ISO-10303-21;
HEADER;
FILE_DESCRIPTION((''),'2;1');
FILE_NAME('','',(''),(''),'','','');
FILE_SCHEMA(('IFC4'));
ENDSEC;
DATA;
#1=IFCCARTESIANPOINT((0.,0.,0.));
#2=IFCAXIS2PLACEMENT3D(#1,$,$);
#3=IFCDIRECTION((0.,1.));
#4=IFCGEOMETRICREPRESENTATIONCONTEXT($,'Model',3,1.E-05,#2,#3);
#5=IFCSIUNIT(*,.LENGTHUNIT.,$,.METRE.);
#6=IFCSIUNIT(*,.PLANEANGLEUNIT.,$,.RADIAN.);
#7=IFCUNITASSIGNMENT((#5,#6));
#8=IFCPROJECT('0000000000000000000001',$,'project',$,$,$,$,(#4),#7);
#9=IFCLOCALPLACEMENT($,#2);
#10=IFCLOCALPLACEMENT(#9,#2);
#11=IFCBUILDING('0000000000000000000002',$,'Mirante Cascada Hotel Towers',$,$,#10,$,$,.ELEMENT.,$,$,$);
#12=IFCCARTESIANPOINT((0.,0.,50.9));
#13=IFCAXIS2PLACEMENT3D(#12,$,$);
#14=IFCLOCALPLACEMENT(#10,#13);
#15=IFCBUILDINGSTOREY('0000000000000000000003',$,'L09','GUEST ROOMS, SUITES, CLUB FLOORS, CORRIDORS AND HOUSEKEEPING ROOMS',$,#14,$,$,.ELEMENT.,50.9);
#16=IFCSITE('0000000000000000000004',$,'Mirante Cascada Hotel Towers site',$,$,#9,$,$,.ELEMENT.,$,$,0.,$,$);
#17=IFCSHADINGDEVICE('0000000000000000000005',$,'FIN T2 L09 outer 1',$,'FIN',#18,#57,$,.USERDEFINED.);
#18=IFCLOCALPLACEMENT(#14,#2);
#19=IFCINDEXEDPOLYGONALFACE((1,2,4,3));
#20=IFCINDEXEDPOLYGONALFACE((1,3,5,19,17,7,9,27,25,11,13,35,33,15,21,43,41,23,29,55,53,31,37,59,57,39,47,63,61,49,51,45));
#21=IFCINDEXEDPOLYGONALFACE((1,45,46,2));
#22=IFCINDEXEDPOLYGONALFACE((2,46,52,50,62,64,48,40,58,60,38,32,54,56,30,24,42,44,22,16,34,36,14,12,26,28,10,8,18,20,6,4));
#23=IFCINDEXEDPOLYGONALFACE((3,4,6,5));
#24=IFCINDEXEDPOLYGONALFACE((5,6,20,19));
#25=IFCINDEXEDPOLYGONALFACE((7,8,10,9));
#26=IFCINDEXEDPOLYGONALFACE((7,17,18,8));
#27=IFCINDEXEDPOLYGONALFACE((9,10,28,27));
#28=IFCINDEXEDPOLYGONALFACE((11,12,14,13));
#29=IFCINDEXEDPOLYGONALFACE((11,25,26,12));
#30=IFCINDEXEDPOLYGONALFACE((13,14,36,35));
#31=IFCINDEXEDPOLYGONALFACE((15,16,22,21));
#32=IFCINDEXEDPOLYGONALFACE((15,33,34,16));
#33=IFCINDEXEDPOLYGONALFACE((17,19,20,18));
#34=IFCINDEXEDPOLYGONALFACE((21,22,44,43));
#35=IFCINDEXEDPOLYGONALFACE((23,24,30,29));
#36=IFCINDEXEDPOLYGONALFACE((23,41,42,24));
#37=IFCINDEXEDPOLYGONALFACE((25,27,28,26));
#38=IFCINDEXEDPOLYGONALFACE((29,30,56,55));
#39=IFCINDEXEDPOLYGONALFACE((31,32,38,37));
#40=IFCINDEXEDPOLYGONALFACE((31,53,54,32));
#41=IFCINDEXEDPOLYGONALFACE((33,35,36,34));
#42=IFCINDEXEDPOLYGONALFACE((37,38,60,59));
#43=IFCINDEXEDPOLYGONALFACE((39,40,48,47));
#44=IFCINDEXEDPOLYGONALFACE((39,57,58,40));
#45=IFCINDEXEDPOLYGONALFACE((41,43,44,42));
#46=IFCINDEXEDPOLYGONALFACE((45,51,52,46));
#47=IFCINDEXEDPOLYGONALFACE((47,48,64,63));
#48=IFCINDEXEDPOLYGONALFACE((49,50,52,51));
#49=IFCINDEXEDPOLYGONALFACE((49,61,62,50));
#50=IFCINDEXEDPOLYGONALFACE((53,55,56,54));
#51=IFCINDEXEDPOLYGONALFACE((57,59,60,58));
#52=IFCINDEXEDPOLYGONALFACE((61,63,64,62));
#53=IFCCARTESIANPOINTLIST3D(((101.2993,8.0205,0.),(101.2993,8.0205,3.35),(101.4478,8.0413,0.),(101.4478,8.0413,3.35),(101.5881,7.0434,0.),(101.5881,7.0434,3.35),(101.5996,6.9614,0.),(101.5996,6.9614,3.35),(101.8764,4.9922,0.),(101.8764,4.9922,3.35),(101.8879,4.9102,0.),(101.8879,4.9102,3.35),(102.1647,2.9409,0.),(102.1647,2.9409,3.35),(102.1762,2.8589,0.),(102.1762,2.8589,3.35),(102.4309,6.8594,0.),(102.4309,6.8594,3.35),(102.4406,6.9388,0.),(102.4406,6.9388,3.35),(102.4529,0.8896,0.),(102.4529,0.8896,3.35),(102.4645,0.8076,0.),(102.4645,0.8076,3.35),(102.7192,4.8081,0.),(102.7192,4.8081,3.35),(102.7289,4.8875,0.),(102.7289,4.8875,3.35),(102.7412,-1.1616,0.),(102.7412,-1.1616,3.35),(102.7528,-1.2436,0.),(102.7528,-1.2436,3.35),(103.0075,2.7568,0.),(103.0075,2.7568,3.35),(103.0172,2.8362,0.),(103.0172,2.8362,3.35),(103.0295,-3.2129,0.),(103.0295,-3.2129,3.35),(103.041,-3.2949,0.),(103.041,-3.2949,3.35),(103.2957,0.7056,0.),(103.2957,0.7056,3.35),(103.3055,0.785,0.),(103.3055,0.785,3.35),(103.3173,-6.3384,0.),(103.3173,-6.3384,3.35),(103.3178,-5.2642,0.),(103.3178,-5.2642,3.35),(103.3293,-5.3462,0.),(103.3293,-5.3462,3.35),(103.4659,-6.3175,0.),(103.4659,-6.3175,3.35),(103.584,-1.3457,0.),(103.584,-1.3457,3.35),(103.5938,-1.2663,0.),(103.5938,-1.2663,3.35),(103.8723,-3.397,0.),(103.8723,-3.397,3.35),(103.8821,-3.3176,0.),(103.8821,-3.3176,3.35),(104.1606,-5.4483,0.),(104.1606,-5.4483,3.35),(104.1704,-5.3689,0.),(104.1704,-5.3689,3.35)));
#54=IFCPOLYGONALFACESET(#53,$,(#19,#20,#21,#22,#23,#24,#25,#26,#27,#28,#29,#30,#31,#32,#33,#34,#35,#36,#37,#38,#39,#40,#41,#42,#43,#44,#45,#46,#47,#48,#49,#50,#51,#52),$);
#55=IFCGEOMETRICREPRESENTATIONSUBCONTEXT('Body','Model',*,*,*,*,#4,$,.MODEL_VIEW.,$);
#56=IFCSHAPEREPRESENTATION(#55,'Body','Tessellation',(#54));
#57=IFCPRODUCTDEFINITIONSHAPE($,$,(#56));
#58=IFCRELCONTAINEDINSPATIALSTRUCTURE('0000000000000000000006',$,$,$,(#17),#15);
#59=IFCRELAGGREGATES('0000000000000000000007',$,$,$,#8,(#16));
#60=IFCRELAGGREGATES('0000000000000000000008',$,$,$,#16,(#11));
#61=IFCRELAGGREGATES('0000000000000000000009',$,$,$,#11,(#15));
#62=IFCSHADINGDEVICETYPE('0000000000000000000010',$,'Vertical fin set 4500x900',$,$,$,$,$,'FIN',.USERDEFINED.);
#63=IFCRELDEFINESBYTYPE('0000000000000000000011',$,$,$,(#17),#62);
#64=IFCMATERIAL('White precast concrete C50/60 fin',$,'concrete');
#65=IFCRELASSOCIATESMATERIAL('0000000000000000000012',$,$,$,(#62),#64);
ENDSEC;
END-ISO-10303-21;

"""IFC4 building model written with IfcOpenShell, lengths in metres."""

from ifc_helpers import new_model, si_unit, direction, frame, origin, place, context, subcontext, project, spatial, polyline, outline, extrude, material, type_object, element, save


model = new_model("IFC4")

# Units and contexts
model_context = context("Model", 3, precision=1e-05, world=origin(), true_north=direction((0.0, 1.0)))
body_context = subcontext(model_context, "Body", "Model", "MODEL_VIEW")
ifc_project = project(units=[si_unit("LENGTHUNIT", "METRE"), si_unit("PLANEANGLEUNIT", "RADIAN")], contexts=[model_context])

# Site, building, storey
site_placement = place(None, origin())
site = spatial("IfcSite", under=ifc_project, at=site_placement, Name="Mirante Cascada Hotel Towers site", CompositionType="ELEMENT", RefElevation=0.0)
building_placement = place(site_placement, origin())
building = spatial("IfcBuilding", under=site, at=building_placement, Name="Mirante Cascada Hotel Towers", CompositionType="ELEMENT")
storey_placement = place(building_placement, frame((0.0, 0.0, 50.9)))
storey = spatial("IfcBuildingStorey", under=building, at=storey_placement, Name="L09", Description="GUEST ROOMS, SUITES, CLUB FLOORS, CORRIDORS AND HOUSEKEEPING ROOMS", CompositionType="ELEMENT", Elevation=50.9)

# Shading device
ifc_material_1 = material(Name="White precast concrete C50/60 fin", Category="concrete")
shading_device_type = type_object("IfcShadingDeviceType", Name="Vertical fin set 4500x900", ElementType="FIN", PredefinedType="USERDEFINED", material=ifc_material_1)
shading_device_1_placement = place(storey_placement, origin())
element("IfcShadingDevice", 1, at=shading_device_1_placement, inside=storey, type_object=shading_device_type, Name="FIN T2 L09 outer 1", ObjectType="FIN", PredefinedType="USERDEFINED", context=body_context, shape_type="SweptSolid", body=[
    extrude(outline(polyline([(104.1606, -5.4483), (103.3293, -5.3462), (103.4659, -6.3175), (103.3173, -6.3384), (101.2993, 8.0205), (101.4478, 8.0413), (101.5881, 7.0434), (102.4406, 6.9388), (102.4309, 6.8594), (101.5996, 6.9614), (101.8764, 4.9922), (102.7289, 4.8875), (102.7192, 4.8081), (101.8879, 4.9102), (102.1647, 2.9409), (103.0172, 2.8362), (103.0075, 2.7568), (102.1762, 2.8589), (102.4529, 0.8896), (103.3055, 0.785), (103.2957, 0.7056), (102.4645, 0.8076), (102.7412, -1.1616), (103.5938, -1.2663), (103.584, -1.3457), (102.7528, -1.2436), (103.0295, -3.2129), (103.8821, -3.3176), (103.8723, -3.397), (103.041, -3.2949), (103.3178, -5.2642), (104.1704, -5.3689), (104.1606, -5.4483)])), origin(), (0.0, 0.0, 1.0), 3.35),
])

save(model, "model.ifc")
